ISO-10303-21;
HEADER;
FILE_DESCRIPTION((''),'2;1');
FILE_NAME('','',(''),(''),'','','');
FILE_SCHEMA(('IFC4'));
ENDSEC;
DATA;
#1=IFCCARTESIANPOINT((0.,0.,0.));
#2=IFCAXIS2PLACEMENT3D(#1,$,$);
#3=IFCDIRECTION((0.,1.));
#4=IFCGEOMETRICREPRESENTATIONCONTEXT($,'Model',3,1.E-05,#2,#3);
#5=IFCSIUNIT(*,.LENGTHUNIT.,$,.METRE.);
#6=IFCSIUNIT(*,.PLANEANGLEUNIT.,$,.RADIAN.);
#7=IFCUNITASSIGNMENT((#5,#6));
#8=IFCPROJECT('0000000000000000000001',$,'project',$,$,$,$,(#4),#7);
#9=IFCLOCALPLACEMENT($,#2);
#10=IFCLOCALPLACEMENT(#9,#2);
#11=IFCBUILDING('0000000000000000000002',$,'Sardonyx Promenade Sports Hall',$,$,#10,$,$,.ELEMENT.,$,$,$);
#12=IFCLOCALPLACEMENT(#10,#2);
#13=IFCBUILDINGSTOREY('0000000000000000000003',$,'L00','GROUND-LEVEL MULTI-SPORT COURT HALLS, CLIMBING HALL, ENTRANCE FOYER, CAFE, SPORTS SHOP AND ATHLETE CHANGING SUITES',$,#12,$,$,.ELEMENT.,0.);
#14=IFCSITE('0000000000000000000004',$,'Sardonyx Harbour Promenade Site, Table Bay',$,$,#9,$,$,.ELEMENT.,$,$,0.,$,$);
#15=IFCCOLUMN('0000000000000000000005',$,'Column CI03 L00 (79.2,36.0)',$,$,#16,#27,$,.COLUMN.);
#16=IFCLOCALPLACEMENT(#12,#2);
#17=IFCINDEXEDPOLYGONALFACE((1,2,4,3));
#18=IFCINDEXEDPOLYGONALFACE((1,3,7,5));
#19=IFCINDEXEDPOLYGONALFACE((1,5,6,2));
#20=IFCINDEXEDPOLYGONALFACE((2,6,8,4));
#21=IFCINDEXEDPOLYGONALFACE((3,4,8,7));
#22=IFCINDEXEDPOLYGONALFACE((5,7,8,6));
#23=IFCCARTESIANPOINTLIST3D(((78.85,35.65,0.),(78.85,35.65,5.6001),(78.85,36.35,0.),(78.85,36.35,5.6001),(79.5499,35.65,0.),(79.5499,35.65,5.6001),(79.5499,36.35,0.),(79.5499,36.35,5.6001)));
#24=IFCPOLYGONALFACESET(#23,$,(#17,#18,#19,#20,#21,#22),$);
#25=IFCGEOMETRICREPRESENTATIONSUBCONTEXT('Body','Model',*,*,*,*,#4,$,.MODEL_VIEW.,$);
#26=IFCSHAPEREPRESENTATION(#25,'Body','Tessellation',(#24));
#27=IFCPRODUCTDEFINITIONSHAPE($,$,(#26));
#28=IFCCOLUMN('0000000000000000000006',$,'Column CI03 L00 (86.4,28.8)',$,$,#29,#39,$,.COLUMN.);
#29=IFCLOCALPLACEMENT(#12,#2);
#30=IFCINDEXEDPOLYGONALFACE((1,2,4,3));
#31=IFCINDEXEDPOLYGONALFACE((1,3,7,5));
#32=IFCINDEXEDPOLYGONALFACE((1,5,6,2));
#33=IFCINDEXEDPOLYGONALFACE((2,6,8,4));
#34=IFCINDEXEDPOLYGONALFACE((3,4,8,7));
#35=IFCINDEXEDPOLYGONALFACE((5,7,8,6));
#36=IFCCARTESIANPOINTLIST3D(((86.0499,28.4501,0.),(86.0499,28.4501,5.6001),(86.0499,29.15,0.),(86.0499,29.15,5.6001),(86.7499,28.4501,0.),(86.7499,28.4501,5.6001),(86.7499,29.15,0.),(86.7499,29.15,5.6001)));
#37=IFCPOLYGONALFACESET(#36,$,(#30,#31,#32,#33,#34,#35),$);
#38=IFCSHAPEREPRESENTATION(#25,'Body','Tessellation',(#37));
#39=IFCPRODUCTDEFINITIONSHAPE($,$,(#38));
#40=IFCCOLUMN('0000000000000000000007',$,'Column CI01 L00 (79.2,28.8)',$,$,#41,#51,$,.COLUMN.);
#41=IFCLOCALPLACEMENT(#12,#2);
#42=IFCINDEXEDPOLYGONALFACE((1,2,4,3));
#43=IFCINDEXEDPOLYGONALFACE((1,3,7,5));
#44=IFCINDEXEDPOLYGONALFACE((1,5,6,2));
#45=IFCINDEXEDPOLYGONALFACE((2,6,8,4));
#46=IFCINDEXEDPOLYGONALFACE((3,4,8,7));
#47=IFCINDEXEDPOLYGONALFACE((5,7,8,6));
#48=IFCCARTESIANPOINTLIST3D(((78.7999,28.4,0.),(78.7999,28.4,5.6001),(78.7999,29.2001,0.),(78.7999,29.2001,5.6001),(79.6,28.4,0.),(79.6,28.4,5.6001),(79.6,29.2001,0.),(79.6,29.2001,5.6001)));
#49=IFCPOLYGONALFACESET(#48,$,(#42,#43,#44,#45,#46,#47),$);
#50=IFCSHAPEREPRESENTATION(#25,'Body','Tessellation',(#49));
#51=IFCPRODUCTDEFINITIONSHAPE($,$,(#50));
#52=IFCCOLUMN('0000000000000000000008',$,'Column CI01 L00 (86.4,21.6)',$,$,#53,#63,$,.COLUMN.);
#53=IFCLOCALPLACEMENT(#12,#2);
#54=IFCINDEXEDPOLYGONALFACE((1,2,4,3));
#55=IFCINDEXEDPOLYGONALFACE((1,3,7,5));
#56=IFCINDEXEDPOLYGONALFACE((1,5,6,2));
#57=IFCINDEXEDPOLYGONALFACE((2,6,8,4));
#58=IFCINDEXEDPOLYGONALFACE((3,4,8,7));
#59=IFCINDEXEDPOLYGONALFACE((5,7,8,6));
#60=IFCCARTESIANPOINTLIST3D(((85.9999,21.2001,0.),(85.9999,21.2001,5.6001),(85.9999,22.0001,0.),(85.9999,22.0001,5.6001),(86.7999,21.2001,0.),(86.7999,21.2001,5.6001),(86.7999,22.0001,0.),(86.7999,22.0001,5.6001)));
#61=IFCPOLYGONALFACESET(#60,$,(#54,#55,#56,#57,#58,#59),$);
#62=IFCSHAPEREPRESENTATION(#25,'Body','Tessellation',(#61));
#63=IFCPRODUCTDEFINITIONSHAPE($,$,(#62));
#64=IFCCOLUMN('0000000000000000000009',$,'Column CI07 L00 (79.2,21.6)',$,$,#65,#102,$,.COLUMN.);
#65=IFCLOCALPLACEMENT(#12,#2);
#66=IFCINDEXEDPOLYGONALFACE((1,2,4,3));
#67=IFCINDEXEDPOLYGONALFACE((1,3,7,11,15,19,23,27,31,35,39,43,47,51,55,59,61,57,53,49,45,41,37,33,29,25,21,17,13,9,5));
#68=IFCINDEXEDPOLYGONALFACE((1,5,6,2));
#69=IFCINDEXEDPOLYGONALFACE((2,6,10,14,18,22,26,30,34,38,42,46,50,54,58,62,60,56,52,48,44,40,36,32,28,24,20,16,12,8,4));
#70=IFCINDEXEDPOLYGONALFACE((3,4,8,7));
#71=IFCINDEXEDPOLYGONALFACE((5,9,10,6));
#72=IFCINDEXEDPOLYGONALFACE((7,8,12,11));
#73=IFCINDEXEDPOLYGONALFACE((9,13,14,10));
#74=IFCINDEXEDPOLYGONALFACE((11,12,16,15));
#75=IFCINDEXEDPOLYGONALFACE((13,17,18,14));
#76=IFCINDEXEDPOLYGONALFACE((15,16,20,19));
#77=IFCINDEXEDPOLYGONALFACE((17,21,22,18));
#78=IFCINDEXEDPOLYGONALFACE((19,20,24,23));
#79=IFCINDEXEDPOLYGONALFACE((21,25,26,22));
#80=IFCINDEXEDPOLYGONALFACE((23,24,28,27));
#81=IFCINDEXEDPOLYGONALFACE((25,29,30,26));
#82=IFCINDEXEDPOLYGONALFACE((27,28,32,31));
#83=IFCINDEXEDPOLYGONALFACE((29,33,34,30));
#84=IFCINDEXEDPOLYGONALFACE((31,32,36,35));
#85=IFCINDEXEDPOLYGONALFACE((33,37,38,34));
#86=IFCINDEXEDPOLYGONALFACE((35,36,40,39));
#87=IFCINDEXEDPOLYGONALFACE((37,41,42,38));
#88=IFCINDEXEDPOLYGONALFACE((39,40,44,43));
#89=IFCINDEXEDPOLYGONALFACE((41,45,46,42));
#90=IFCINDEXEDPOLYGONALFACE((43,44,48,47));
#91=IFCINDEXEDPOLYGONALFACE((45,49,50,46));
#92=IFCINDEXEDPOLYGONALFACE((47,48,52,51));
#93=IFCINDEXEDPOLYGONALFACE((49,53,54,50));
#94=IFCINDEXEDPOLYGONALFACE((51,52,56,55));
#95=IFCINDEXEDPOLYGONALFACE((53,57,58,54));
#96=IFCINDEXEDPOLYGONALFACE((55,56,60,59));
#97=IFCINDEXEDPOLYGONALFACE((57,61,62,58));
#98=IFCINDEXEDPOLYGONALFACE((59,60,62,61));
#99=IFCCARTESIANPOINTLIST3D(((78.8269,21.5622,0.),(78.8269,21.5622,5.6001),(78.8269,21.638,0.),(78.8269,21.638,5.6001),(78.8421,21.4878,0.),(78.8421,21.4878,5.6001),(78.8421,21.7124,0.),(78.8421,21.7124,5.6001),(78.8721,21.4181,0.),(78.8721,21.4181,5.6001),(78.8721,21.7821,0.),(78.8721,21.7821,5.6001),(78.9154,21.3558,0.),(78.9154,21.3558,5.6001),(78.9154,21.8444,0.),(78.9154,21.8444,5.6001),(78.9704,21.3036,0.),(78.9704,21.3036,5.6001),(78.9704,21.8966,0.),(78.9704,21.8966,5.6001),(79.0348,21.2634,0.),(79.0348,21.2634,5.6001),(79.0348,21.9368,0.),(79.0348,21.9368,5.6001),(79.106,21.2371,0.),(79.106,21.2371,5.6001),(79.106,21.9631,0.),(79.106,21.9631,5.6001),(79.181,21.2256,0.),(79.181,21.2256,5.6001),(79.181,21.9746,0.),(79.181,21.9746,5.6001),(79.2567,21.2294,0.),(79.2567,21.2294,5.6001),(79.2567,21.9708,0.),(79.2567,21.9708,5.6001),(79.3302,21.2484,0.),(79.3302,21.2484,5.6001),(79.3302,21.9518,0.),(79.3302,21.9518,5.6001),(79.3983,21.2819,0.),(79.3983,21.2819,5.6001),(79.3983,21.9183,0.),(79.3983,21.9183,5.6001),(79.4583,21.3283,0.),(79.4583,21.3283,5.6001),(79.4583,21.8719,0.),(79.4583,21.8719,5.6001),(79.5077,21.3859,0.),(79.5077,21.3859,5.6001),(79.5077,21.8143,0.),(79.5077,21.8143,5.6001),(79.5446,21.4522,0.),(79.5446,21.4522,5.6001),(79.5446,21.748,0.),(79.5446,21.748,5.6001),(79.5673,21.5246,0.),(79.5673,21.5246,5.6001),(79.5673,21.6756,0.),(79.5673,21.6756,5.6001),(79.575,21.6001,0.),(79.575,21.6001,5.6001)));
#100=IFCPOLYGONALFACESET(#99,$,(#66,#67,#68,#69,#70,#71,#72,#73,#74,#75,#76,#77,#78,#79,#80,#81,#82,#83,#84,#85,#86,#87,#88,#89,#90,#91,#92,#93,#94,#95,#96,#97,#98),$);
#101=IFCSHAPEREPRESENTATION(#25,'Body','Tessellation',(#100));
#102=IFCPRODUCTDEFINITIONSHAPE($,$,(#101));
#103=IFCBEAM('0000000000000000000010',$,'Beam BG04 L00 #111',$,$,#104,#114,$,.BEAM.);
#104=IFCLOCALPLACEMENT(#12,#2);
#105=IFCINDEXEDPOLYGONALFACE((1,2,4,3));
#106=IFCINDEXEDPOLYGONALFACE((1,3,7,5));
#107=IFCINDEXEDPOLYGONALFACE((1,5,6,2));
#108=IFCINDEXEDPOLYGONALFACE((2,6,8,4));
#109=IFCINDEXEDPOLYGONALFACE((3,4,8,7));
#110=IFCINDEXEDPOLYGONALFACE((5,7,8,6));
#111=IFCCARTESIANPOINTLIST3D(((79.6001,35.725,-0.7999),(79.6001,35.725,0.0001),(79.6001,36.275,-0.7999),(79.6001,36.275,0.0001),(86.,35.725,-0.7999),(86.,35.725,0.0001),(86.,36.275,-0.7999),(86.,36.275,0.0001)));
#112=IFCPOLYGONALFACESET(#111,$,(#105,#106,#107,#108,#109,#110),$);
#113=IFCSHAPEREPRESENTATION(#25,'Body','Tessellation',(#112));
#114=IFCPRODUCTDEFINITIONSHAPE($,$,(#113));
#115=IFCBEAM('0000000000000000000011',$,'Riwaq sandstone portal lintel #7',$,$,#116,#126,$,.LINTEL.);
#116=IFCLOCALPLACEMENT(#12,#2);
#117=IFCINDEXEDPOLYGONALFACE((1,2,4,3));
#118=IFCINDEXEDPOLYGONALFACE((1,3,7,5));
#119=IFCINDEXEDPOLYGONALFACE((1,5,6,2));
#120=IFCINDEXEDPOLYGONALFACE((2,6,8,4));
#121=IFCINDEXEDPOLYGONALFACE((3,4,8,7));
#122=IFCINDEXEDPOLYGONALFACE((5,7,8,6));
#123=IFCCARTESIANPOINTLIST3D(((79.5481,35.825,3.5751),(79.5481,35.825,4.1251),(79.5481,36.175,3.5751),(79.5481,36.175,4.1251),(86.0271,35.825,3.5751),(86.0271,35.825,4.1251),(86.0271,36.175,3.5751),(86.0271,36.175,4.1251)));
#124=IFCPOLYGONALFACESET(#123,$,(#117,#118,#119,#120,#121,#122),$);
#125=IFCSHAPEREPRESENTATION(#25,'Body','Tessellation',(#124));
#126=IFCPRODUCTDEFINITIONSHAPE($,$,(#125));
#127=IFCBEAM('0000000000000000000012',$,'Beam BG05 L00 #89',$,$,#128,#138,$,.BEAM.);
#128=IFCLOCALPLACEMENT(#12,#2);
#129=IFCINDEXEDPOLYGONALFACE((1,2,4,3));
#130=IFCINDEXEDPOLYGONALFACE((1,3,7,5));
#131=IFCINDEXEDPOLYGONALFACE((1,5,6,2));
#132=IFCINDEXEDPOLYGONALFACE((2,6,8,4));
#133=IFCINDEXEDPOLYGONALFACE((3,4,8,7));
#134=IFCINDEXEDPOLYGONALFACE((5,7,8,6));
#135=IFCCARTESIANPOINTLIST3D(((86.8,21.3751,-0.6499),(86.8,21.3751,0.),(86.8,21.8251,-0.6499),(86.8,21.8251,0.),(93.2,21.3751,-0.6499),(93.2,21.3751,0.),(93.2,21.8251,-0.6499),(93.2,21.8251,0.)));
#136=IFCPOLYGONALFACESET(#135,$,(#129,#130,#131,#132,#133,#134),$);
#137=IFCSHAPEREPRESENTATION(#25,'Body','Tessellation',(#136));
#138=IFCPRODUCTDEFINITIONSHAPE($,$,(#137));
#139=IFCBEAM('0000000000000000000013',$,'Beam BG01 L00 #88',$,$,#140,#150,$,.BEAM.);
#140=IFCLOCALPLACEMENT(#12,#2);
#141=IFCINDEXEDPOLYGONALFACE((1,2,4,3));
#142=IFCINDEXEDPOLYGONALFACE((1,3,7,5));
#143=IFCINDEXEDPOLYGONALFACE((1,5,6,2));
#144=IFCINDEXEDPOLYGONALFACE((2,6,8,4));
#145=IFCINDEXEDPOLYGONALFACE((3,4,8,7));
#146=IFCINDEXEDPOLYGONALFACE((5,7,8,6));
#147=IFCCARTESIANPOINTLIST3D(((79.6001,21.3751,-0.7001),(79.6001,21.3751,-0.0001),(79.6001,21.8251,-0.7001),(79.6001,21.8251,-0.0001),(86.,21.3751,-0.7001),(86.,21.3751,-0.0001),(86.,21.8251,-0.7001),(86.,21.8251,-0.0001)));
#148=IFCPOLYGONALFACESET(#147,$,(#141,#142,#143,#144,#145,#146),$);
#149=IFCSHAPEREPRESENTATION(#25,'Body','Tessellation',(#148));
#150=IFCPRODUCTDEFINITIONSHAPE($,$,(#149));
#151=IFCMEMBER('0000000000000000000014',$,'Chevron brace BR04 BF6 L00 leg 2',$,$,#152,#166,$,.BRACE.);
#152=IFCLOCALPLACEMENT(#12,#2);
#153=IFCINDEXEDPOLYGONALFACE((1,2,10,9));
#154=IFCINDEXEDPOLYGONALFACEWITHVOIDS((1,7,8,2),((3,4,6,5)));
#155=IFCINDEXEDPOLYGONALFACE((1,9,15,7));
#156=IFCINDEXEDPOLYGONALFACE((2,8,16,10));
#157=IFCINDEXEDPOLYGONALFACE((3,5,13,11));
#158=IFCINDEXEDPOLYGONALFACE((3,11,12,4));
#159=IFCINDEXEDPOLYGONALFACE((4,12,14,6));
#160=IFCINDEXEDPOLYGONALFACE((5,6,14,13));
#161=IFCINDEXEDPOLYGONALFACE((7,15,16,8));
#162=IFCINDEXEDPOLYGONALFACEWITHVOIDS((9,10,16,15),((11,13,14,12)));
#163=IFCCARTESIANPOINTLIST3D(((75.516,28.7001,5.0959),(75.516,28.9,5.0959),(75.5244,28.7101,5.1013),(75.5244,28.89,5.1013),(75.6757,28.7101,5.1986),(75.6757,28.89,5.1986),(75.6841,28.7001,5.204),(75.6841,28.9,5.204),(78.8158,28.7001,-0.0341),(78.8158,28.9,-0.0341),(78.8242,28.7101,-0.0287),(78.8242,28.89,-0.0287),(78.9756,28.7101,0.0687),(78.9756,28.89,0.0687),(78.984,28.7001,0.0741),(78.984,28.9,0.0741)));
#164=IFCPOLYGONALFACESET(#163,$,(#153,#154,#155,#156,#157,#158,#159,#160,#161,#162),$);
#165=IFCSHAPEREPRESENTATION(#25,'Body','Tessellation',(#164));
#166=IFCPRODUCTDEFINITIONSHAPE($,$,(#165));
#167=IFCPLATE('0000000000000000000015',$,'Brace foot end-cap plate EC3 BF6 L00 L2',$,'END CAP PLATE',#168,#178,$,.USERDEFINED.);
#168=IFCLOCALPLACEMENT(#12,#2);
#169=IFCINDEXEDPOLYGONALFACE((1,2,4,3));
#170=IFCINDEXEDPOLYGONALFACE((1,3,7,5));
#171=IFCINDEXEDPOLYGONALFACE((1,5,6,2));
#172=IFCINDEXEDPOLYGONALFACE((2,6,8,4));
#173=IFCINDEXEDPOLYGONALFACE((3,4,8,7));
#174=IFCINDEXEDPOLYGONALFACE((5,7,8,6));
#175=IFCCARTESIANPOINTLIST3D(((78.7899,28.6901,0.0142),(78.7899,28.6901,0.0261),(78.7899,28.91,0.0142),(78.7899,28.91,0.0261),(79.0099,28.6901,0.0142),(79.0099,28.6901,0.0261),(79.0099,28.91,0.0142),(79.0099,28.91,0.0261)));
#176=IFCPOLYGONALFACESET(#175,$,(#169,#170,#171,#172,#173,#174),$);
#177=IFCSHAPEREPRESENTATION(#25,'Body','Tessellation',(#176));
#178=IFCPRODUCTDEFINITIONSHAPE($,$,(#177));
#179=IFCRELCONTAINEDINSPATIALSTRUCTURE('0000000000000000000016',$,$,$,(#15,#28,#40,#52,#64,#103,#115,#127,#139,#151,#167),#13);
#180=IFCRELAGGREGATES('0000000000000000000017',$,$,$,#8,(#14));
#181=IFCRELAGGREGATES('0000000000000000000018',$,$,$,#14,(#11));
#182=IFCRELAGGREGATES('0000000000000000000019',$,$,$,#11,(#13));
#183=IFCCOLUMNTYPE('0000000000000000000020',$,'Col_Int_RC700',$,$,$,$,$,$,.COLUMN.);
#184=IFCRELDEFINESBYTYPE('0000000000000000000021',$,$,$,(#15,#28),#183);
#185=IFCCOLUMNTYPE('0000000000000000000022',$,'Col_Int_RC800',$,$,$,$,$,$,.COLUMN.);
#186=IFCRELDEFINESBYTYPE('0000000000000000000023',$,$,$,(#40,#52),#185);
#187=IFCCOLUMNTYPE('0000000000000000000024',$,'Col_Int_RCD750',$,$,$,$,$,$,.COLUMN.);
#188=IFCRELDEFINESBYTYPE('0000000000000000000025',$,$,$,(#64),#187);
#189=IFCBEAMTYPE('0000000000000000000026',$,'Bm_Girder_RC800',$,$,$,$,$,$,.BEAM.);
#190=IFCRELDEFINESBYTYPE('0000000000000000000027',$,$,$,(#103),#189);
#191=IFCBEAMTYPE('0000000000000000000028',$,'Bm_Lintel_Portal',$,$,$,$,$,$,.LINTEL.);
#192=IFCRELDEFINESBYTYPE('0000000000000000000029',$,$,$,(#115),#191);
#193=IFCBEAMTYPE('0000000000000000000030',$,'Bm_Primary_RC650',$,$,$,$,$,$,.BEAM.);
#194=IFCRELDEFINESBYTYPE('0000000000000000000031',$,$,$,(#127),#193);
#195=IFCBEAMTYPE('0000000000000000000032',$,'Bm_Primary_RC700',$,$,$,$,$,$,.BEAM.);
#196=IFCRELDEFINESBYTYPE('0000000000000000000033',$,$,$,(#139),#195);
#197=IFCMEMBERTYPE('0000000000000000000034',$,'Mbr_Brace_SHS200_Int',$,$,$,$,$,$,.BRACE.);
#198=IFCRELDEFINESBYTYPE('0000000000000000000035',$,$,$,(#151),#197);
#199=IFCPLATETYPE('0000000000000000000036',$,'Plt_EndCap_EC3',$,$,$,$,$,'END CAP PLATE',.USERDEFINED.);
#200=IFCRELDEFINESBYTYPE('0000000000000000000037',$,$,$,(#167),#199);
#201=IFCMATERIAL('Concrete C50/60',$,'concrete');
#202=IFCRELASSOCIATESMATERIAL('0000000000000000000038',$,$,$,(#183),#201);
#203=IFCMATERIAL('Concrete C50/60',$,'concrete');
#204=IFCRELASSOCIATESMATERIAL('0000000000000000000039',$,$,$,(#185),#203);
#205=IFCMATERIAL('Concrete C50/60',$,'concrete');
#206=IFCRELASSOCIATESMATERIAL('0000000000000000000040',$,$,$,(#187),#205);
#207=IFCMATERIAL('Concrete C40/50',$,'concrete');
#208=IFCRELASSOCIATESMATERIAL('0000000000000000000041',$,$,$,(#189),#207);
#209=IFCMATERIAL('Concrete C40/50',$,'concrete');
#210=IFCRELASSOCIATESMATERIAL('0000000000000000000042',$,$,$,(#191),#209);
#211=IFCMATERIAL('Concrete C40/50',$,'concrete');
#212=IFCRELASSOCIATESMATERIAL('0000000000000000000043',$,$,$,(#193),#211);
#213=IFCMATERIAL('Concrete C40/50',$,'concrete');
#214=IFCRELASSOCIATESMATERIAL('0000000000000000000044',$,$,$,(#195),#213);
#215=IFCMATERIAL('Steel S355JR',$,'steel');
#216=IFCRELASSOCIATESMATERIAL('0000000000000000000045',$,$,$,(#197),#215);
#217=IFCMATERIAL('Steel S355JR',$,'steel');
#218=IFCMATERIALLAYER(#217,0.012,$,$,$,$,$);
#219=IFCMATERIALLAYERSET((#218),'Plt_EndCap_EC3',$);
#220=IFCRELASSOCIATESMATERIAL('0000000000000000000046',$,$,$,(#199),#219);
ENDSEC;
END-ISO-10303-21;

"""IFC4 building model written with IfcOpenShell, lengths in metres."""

from ifc_helpers import new_model, si_unit, direction, frame, origin, origin_2d, place, context, subcontext, project, spatial, rectangle, hollow_rectangle, circle, extrude, material, layer, layer_set, material_profile, profile_set, type_object, element, save


model = new_model("IFC4")

# Units and contexts
model_context = context("Model", 3, precision=1e-05, world=origin(), true_north=direction((0.0, 1.0)))
body_context = subcontext(model_context, "Body", "Model", "MODEL_VIEW")
ifc_project = project(units=[si_unit("LENGTHUNIT", "METRE"), si_unit("PLANEANGLEUNIT", "RADIAN")], contexts=[model_context])

# Site, building, storey
site_placement = place(None, origin())
site = spatial("IfcSite", under=ifc_project, at=site_placement, Name="Sardonyx Harbour Promenade Site, Table Bay", CompositionType="ELEMENT", RefElevation=0.0)
building_placement = place(site_placement, origin())
building = spatial("IfcBuilding", under=site, at=building_placement, Name="Sardonyx Promenade Sports Hall", CompositionType="ELEMENT")
storey_placement = place(building_placement, origin())
storey = spatial("IfcBuildingStorey", under=building, at=storey_placement, Name="L00", Description="GROUND-LEVEL MULTI-SPORT COURT HALLS, CLIMBING HALL, ENTRANCE FOYER, CAFE, SPORTS SHOP AND ATHLETE CHANGING SUITES", CompositionType="ELEMENT", Elevation=0.0)

# Columns
ifc_material_1 = material(Name="Concrete C50/60", Category="concrete")
ifc_material_profile_1 = material_profile(ifc_material_1, rectangle(XDim=0.7, YDim=0.7, at=origin_2d()))
ifc_profile_set_1 = profile_set([ifc_material_profile_1], Name="Concrete C50/60")
column_type_1 = type_object("IfcColumnType", Name="Col_Int_RC700", PredefinedType="COLUMN", material=ifc_profile_set_1)
for number, where, z_axis, x_axis, name in (
    (1, (79.2, 36.0, 0.0), (0.0, 0.0, 1.0), (1.0, 0.0, 0.0), "Column CI03 L00 (79.2,36.0)"),
    (2, (86.3999, 28.8, 0.0), (0.0, 0.0, 1.0), (1.0, 0.0, 0.0), "Column CI03 L00 (86.4,28.8)"),
):
    element("IfcColumn", number, at=place(storey_placement, frame(where, z_axis=z_axis, x_axis=x_axis)), inside=storey, type_object=column_type_1, Name=name, PredefinedType="COLUMN", context=body_context, shape_type="SweptSolid", body=[
        extrude(rectangle(XDim=0.7, YDim=0.7, at=origin_2d()), origin(), (0.0, 0.0, 1.0), 5.6001),
    ])
ifc_material_2 = material(Name="Concrete C50/60", Category="concrete")
ifc_material_profile_2 = material_profile(ifc_material_2, rectangle(XDim=0.8, YDim=0.8, at=origin_2d()))
ifc_profile_set_2 = profile_set([ifc_material_profile_2], Name="Concrete C50/60")
column_type_2 = type_object("IfcColumnType", Name="Col_Int_RC800", PredefinedType="COLUMN", material=ifc_profile_set_2)
for number, where, z_axis, x_axis, name in (
    (3, (79.2, 28.8, 0.0), (0.0, 0.0, 1.0), (1.0, 0.0, 0.0), "Column CI01 L00 (79.2,28.8)"),
    (4, (86.3999, 21.6001, 0.0), (0.0, 0.0, 1.0), (1.0, 0.0, 0.0), "Column CI01 L00 (86.4,21.6)"),
):
    element("IfcColumn", number, at=place(storey_placement, frame(where, z_axis=z_axis, x_axis=x_axis)), inside=storey, type_object=column_type_2, Name=name, PredefinedType="COLUMN", context=body_context, shape_type="SweptSolid", body=[
        extrude(rectangle(XDim=0.8, YDim=0.8, at=origin_2d()), origin(), (0.0, 0.0, 1.0), 5.6001),
    ])
ifc_material_3 = material(Name="Concrete C50/60", Category="concrete")
ifc_material_profile_3 = material_profile(ifc_material_3, circle(Radius=0.375, at=origin_2d()))
ifc_profile_set_3 = profile_set([ifc_material_profile_3], Name="Concrete C50/60")
column_type_3 = type_object("IfcColumnType", Name="Col_Int_RCD750", PredefinedType="COLUMN", material=ifc_profile_set_3)
column_placement = place(storey_placement, frame((79.2, 21.6001, 0.0), z_axis=(0.0, 0.0, 1.0), x_axis=(1.0, 0.0, 0.0)))
element("IfcColumn", 5, at=column_placement, inside=storey, type_object=column_type_3, Name="Column CI07 L00 (79.2,21.6)", PredefinedType="COLUMN", context=body_context, shape_type="SweptSolid", body=[
    extrude(circle(Radius=0.375, at=origin_2d()), origin(), (0.0, 0.0, 1.0), 5.6001),
])

# Beams
ifc_material_4 = material(Name="Concrete C40/50", Category="concrete")
ifc_material_profile_4 = material_profile(ifc_material_4, rectangle(XDim=0.55, YDim=0.8, at=origin_2d()))
ifc_profile_set_4 = profile_set([ifc_material_profile_4], Name="Concrete C40/50")
beam_type_1 = type_object("IfcBeamType", Name="Bm_Girder_RC800", PredefinedType="BEAM", material=ifc_profile_set_4)
beam_1_placement = place(storey_placement, frame((79.6001, 36.0, -0.3999), z_axis=(1.0, 0.0, 0.0), x_axis=(0.0, 1.0, 0.0)))
element("IfcBeam", 6, at=beam_1_placement, inside=storey, type_object=beam_type_1, Name="Beam BG04 L00 #111", PredefinedType="BEAM", context=body_context, shape_type="SweptSolid", body=[
    extrude(rectangle(XDim=0.55, YDim=0.8, at=origin_2d()), origin(), (0.0, 0.0, 1.0), 6.3999),
])
ifc_material_5 = material(Name="Concrete C40/50", Category="concrete")
ifc_material_profile_5 = material_profile(ifc_material_5, rectangle(XDim=0.3501, YDim=0.55, at=origin_2d()))
ifc_profile_set_5 = profile_set([ifc_material_profile_5], Name="Concrete C40/50")
beam_type_2 = type_object("IfcBeamType", Name="Bm_Lintel_Portal", PredefinedType="LINTEL", material=ifc_profile_set_5)
beam_2_placement = place(storey_placement, frame((79.5481, 36.0, 3.8501), z_axis=(1.0, 0.0, 0.0), x_axis=(0.0, 1.0, 0.0)))
element("IfcBeam", 7, at=beam_2_placement, inside=storey, type_object=beam_type_2, Name="Riwaq sandstone portal lintel #7", PredefinedType="LINTEL", context=body_context, shape_type="SweptSolid", body=[
    extrude(rectangle(XDim=0.3501, YDim=0.55, at=origin_2d()), origin(), (0.0, 0.0, 1.0), 6.479),
])
ifc_material_6 = material(Name="Concrete C40/50", Category="concrete")
ifc_material_profile_6 = material_profile(ifc_material_6, rectangle(XDim=0.45, YDim=0.6499, at=origin_2d()))
ifc_profile_set_6 = profile_set([ifc_material_profile_6], Name="Concrete C40/50")
beam_type_3 = type_object("IfcBeamType", Name="Bm_Primary_RC650", PredefinedType="BEAM", material=ifc_profile_set_6)
beam_3_placement = place(storey_placement, frame((86.8, 21.6001, -0.325), z_axis=(1.0, 0.0, 0.0), x_axis=(0.0, 1.0, 0.0)))
element("IfcBeam", 8, at=beam_3_placement, inside=storey, type_object=beam_type_3, Name="Beam BG05 L00 #89", PredefinedType="BEAM", context=body_context, shape_type="SweptSolid", body=[
    extrude(rectangle(XDim=0.45, YDim=0.6499, at=origin_2d()), origin(), (0.0, 0.0, 1.0), 6.3999),
])
ifc_material_7 = material(Name="Concrete C40/50", Category="concrete")
ifc_material_profile_7 = material_profile(ifc_material_7, rectangle(XDim=0.45, YDim=0.7, at=origin_2d()))
ifc_profile_set_7 = profile_set([ifc_material_profile_7], Name="Concrete C40/50")
beam_type_4 = type_object("IfcBeamType", Name="Bm_Primary_RC700", PredefinedType="BEAM", material=ifc_profile_set_7)
beam_4_placement = place(storey_placement, frame((79.6001, 21.6001, -0.3501), z_axis=(1.0, 0.0, 0.0), x_axis=(0.0, 1.0, 0.0)))
element("IfcBeam", 9, at=beam_4_placement, inside=storey, type_object=beam_type_4, Name="Beam BG01 L00 #88", PredefinedType="BEAM", context=body_context, shape_type="SweptSolid", body=[
    extrude(rectangle(XDim=0.45, YDim=0.7, at=origin_2d()), origin(), (0.0, 0.0, 1.0), 6.3999),
])

# Member
ifc_material_8 = material(Name="Steel S355JR", Category="steel")
ifc_material_profile_8 = material_profile(ifc_material_8, hollow_rectangle(XDim=0.2, YDim=0.2, WallThickness=0.01, at=origin_2d()))
ifc_profile_set_8 = profile_set([ifc_material_profile_8], Name="Steel S355JR")
member_type = type_object("IfcMemberType", Name="Mbr_Brace_SHS200_Int", PredefinedType="BRACE", material=ifc_profile_set_8)
member_placement = place(storey_placement, frame((78.8999, 28.8, 0.02), z_axis=(-0.540992, 0.0, 0.841028), x_axis=(0.0, -1.0, 0.0)))
element("IfcMember", 10, at=member_placement, inside=storey, type_object=member_type, Name="Chevron brace BR04 BF6 L00 leg 2", PredefinedType="BRACE", context=body_context, shape_type="SweptSolid", body=[
    extrude(hollow_rectangle(XDim=0.2, YDim=0.2, WallThickness=0.01, at=origin_2d()), origin(), (0.0, 0.0, 1.0), 6.0996),
])

# Plate
ifc_material_9 = material(Name="Steel S355JR", Category="steel")
ifc_layer_1 = layer(ifc_material_9, 0.012)
ifc_layer_set_1 = layer_set([ifc_layer_1], Name="Plt_EndCap_EC3")
plate_type_1 = type_object("IfcPlateType", Name="Plt_EndCap_EC3", ElementType="END CAP PLATE", PredefinedType="USERDEFINED", material=ifc_layer_set_1)
for number, where, z_axis, x_axis, name in (
    (11, (78.8999, 28.8, 0.0142), (0.0, 0.0, 1.0), (1.0, 0.0, 0.0), "Brace foot end-cap plate EC3 BF6 L00 L2"),
):
    element("IfcPlate", number, at=place(storey_placement, frame(where, z_axis=z_axis, x_axis=x_axis)), inside=storey, type_object=plate_type_1, Name=name, ObjectType="END CAP PLATE", PredefinedType="USERDEFINED", context=body_context, shape_type="SweptSolid", body=[
        extrude(rectangle(XDim=0.22, YDim=0.22, at=origin_2d()), origin(), (0.0, 0.0, 1.0), 0.012),
    ])

save(model, "model.ifc")
